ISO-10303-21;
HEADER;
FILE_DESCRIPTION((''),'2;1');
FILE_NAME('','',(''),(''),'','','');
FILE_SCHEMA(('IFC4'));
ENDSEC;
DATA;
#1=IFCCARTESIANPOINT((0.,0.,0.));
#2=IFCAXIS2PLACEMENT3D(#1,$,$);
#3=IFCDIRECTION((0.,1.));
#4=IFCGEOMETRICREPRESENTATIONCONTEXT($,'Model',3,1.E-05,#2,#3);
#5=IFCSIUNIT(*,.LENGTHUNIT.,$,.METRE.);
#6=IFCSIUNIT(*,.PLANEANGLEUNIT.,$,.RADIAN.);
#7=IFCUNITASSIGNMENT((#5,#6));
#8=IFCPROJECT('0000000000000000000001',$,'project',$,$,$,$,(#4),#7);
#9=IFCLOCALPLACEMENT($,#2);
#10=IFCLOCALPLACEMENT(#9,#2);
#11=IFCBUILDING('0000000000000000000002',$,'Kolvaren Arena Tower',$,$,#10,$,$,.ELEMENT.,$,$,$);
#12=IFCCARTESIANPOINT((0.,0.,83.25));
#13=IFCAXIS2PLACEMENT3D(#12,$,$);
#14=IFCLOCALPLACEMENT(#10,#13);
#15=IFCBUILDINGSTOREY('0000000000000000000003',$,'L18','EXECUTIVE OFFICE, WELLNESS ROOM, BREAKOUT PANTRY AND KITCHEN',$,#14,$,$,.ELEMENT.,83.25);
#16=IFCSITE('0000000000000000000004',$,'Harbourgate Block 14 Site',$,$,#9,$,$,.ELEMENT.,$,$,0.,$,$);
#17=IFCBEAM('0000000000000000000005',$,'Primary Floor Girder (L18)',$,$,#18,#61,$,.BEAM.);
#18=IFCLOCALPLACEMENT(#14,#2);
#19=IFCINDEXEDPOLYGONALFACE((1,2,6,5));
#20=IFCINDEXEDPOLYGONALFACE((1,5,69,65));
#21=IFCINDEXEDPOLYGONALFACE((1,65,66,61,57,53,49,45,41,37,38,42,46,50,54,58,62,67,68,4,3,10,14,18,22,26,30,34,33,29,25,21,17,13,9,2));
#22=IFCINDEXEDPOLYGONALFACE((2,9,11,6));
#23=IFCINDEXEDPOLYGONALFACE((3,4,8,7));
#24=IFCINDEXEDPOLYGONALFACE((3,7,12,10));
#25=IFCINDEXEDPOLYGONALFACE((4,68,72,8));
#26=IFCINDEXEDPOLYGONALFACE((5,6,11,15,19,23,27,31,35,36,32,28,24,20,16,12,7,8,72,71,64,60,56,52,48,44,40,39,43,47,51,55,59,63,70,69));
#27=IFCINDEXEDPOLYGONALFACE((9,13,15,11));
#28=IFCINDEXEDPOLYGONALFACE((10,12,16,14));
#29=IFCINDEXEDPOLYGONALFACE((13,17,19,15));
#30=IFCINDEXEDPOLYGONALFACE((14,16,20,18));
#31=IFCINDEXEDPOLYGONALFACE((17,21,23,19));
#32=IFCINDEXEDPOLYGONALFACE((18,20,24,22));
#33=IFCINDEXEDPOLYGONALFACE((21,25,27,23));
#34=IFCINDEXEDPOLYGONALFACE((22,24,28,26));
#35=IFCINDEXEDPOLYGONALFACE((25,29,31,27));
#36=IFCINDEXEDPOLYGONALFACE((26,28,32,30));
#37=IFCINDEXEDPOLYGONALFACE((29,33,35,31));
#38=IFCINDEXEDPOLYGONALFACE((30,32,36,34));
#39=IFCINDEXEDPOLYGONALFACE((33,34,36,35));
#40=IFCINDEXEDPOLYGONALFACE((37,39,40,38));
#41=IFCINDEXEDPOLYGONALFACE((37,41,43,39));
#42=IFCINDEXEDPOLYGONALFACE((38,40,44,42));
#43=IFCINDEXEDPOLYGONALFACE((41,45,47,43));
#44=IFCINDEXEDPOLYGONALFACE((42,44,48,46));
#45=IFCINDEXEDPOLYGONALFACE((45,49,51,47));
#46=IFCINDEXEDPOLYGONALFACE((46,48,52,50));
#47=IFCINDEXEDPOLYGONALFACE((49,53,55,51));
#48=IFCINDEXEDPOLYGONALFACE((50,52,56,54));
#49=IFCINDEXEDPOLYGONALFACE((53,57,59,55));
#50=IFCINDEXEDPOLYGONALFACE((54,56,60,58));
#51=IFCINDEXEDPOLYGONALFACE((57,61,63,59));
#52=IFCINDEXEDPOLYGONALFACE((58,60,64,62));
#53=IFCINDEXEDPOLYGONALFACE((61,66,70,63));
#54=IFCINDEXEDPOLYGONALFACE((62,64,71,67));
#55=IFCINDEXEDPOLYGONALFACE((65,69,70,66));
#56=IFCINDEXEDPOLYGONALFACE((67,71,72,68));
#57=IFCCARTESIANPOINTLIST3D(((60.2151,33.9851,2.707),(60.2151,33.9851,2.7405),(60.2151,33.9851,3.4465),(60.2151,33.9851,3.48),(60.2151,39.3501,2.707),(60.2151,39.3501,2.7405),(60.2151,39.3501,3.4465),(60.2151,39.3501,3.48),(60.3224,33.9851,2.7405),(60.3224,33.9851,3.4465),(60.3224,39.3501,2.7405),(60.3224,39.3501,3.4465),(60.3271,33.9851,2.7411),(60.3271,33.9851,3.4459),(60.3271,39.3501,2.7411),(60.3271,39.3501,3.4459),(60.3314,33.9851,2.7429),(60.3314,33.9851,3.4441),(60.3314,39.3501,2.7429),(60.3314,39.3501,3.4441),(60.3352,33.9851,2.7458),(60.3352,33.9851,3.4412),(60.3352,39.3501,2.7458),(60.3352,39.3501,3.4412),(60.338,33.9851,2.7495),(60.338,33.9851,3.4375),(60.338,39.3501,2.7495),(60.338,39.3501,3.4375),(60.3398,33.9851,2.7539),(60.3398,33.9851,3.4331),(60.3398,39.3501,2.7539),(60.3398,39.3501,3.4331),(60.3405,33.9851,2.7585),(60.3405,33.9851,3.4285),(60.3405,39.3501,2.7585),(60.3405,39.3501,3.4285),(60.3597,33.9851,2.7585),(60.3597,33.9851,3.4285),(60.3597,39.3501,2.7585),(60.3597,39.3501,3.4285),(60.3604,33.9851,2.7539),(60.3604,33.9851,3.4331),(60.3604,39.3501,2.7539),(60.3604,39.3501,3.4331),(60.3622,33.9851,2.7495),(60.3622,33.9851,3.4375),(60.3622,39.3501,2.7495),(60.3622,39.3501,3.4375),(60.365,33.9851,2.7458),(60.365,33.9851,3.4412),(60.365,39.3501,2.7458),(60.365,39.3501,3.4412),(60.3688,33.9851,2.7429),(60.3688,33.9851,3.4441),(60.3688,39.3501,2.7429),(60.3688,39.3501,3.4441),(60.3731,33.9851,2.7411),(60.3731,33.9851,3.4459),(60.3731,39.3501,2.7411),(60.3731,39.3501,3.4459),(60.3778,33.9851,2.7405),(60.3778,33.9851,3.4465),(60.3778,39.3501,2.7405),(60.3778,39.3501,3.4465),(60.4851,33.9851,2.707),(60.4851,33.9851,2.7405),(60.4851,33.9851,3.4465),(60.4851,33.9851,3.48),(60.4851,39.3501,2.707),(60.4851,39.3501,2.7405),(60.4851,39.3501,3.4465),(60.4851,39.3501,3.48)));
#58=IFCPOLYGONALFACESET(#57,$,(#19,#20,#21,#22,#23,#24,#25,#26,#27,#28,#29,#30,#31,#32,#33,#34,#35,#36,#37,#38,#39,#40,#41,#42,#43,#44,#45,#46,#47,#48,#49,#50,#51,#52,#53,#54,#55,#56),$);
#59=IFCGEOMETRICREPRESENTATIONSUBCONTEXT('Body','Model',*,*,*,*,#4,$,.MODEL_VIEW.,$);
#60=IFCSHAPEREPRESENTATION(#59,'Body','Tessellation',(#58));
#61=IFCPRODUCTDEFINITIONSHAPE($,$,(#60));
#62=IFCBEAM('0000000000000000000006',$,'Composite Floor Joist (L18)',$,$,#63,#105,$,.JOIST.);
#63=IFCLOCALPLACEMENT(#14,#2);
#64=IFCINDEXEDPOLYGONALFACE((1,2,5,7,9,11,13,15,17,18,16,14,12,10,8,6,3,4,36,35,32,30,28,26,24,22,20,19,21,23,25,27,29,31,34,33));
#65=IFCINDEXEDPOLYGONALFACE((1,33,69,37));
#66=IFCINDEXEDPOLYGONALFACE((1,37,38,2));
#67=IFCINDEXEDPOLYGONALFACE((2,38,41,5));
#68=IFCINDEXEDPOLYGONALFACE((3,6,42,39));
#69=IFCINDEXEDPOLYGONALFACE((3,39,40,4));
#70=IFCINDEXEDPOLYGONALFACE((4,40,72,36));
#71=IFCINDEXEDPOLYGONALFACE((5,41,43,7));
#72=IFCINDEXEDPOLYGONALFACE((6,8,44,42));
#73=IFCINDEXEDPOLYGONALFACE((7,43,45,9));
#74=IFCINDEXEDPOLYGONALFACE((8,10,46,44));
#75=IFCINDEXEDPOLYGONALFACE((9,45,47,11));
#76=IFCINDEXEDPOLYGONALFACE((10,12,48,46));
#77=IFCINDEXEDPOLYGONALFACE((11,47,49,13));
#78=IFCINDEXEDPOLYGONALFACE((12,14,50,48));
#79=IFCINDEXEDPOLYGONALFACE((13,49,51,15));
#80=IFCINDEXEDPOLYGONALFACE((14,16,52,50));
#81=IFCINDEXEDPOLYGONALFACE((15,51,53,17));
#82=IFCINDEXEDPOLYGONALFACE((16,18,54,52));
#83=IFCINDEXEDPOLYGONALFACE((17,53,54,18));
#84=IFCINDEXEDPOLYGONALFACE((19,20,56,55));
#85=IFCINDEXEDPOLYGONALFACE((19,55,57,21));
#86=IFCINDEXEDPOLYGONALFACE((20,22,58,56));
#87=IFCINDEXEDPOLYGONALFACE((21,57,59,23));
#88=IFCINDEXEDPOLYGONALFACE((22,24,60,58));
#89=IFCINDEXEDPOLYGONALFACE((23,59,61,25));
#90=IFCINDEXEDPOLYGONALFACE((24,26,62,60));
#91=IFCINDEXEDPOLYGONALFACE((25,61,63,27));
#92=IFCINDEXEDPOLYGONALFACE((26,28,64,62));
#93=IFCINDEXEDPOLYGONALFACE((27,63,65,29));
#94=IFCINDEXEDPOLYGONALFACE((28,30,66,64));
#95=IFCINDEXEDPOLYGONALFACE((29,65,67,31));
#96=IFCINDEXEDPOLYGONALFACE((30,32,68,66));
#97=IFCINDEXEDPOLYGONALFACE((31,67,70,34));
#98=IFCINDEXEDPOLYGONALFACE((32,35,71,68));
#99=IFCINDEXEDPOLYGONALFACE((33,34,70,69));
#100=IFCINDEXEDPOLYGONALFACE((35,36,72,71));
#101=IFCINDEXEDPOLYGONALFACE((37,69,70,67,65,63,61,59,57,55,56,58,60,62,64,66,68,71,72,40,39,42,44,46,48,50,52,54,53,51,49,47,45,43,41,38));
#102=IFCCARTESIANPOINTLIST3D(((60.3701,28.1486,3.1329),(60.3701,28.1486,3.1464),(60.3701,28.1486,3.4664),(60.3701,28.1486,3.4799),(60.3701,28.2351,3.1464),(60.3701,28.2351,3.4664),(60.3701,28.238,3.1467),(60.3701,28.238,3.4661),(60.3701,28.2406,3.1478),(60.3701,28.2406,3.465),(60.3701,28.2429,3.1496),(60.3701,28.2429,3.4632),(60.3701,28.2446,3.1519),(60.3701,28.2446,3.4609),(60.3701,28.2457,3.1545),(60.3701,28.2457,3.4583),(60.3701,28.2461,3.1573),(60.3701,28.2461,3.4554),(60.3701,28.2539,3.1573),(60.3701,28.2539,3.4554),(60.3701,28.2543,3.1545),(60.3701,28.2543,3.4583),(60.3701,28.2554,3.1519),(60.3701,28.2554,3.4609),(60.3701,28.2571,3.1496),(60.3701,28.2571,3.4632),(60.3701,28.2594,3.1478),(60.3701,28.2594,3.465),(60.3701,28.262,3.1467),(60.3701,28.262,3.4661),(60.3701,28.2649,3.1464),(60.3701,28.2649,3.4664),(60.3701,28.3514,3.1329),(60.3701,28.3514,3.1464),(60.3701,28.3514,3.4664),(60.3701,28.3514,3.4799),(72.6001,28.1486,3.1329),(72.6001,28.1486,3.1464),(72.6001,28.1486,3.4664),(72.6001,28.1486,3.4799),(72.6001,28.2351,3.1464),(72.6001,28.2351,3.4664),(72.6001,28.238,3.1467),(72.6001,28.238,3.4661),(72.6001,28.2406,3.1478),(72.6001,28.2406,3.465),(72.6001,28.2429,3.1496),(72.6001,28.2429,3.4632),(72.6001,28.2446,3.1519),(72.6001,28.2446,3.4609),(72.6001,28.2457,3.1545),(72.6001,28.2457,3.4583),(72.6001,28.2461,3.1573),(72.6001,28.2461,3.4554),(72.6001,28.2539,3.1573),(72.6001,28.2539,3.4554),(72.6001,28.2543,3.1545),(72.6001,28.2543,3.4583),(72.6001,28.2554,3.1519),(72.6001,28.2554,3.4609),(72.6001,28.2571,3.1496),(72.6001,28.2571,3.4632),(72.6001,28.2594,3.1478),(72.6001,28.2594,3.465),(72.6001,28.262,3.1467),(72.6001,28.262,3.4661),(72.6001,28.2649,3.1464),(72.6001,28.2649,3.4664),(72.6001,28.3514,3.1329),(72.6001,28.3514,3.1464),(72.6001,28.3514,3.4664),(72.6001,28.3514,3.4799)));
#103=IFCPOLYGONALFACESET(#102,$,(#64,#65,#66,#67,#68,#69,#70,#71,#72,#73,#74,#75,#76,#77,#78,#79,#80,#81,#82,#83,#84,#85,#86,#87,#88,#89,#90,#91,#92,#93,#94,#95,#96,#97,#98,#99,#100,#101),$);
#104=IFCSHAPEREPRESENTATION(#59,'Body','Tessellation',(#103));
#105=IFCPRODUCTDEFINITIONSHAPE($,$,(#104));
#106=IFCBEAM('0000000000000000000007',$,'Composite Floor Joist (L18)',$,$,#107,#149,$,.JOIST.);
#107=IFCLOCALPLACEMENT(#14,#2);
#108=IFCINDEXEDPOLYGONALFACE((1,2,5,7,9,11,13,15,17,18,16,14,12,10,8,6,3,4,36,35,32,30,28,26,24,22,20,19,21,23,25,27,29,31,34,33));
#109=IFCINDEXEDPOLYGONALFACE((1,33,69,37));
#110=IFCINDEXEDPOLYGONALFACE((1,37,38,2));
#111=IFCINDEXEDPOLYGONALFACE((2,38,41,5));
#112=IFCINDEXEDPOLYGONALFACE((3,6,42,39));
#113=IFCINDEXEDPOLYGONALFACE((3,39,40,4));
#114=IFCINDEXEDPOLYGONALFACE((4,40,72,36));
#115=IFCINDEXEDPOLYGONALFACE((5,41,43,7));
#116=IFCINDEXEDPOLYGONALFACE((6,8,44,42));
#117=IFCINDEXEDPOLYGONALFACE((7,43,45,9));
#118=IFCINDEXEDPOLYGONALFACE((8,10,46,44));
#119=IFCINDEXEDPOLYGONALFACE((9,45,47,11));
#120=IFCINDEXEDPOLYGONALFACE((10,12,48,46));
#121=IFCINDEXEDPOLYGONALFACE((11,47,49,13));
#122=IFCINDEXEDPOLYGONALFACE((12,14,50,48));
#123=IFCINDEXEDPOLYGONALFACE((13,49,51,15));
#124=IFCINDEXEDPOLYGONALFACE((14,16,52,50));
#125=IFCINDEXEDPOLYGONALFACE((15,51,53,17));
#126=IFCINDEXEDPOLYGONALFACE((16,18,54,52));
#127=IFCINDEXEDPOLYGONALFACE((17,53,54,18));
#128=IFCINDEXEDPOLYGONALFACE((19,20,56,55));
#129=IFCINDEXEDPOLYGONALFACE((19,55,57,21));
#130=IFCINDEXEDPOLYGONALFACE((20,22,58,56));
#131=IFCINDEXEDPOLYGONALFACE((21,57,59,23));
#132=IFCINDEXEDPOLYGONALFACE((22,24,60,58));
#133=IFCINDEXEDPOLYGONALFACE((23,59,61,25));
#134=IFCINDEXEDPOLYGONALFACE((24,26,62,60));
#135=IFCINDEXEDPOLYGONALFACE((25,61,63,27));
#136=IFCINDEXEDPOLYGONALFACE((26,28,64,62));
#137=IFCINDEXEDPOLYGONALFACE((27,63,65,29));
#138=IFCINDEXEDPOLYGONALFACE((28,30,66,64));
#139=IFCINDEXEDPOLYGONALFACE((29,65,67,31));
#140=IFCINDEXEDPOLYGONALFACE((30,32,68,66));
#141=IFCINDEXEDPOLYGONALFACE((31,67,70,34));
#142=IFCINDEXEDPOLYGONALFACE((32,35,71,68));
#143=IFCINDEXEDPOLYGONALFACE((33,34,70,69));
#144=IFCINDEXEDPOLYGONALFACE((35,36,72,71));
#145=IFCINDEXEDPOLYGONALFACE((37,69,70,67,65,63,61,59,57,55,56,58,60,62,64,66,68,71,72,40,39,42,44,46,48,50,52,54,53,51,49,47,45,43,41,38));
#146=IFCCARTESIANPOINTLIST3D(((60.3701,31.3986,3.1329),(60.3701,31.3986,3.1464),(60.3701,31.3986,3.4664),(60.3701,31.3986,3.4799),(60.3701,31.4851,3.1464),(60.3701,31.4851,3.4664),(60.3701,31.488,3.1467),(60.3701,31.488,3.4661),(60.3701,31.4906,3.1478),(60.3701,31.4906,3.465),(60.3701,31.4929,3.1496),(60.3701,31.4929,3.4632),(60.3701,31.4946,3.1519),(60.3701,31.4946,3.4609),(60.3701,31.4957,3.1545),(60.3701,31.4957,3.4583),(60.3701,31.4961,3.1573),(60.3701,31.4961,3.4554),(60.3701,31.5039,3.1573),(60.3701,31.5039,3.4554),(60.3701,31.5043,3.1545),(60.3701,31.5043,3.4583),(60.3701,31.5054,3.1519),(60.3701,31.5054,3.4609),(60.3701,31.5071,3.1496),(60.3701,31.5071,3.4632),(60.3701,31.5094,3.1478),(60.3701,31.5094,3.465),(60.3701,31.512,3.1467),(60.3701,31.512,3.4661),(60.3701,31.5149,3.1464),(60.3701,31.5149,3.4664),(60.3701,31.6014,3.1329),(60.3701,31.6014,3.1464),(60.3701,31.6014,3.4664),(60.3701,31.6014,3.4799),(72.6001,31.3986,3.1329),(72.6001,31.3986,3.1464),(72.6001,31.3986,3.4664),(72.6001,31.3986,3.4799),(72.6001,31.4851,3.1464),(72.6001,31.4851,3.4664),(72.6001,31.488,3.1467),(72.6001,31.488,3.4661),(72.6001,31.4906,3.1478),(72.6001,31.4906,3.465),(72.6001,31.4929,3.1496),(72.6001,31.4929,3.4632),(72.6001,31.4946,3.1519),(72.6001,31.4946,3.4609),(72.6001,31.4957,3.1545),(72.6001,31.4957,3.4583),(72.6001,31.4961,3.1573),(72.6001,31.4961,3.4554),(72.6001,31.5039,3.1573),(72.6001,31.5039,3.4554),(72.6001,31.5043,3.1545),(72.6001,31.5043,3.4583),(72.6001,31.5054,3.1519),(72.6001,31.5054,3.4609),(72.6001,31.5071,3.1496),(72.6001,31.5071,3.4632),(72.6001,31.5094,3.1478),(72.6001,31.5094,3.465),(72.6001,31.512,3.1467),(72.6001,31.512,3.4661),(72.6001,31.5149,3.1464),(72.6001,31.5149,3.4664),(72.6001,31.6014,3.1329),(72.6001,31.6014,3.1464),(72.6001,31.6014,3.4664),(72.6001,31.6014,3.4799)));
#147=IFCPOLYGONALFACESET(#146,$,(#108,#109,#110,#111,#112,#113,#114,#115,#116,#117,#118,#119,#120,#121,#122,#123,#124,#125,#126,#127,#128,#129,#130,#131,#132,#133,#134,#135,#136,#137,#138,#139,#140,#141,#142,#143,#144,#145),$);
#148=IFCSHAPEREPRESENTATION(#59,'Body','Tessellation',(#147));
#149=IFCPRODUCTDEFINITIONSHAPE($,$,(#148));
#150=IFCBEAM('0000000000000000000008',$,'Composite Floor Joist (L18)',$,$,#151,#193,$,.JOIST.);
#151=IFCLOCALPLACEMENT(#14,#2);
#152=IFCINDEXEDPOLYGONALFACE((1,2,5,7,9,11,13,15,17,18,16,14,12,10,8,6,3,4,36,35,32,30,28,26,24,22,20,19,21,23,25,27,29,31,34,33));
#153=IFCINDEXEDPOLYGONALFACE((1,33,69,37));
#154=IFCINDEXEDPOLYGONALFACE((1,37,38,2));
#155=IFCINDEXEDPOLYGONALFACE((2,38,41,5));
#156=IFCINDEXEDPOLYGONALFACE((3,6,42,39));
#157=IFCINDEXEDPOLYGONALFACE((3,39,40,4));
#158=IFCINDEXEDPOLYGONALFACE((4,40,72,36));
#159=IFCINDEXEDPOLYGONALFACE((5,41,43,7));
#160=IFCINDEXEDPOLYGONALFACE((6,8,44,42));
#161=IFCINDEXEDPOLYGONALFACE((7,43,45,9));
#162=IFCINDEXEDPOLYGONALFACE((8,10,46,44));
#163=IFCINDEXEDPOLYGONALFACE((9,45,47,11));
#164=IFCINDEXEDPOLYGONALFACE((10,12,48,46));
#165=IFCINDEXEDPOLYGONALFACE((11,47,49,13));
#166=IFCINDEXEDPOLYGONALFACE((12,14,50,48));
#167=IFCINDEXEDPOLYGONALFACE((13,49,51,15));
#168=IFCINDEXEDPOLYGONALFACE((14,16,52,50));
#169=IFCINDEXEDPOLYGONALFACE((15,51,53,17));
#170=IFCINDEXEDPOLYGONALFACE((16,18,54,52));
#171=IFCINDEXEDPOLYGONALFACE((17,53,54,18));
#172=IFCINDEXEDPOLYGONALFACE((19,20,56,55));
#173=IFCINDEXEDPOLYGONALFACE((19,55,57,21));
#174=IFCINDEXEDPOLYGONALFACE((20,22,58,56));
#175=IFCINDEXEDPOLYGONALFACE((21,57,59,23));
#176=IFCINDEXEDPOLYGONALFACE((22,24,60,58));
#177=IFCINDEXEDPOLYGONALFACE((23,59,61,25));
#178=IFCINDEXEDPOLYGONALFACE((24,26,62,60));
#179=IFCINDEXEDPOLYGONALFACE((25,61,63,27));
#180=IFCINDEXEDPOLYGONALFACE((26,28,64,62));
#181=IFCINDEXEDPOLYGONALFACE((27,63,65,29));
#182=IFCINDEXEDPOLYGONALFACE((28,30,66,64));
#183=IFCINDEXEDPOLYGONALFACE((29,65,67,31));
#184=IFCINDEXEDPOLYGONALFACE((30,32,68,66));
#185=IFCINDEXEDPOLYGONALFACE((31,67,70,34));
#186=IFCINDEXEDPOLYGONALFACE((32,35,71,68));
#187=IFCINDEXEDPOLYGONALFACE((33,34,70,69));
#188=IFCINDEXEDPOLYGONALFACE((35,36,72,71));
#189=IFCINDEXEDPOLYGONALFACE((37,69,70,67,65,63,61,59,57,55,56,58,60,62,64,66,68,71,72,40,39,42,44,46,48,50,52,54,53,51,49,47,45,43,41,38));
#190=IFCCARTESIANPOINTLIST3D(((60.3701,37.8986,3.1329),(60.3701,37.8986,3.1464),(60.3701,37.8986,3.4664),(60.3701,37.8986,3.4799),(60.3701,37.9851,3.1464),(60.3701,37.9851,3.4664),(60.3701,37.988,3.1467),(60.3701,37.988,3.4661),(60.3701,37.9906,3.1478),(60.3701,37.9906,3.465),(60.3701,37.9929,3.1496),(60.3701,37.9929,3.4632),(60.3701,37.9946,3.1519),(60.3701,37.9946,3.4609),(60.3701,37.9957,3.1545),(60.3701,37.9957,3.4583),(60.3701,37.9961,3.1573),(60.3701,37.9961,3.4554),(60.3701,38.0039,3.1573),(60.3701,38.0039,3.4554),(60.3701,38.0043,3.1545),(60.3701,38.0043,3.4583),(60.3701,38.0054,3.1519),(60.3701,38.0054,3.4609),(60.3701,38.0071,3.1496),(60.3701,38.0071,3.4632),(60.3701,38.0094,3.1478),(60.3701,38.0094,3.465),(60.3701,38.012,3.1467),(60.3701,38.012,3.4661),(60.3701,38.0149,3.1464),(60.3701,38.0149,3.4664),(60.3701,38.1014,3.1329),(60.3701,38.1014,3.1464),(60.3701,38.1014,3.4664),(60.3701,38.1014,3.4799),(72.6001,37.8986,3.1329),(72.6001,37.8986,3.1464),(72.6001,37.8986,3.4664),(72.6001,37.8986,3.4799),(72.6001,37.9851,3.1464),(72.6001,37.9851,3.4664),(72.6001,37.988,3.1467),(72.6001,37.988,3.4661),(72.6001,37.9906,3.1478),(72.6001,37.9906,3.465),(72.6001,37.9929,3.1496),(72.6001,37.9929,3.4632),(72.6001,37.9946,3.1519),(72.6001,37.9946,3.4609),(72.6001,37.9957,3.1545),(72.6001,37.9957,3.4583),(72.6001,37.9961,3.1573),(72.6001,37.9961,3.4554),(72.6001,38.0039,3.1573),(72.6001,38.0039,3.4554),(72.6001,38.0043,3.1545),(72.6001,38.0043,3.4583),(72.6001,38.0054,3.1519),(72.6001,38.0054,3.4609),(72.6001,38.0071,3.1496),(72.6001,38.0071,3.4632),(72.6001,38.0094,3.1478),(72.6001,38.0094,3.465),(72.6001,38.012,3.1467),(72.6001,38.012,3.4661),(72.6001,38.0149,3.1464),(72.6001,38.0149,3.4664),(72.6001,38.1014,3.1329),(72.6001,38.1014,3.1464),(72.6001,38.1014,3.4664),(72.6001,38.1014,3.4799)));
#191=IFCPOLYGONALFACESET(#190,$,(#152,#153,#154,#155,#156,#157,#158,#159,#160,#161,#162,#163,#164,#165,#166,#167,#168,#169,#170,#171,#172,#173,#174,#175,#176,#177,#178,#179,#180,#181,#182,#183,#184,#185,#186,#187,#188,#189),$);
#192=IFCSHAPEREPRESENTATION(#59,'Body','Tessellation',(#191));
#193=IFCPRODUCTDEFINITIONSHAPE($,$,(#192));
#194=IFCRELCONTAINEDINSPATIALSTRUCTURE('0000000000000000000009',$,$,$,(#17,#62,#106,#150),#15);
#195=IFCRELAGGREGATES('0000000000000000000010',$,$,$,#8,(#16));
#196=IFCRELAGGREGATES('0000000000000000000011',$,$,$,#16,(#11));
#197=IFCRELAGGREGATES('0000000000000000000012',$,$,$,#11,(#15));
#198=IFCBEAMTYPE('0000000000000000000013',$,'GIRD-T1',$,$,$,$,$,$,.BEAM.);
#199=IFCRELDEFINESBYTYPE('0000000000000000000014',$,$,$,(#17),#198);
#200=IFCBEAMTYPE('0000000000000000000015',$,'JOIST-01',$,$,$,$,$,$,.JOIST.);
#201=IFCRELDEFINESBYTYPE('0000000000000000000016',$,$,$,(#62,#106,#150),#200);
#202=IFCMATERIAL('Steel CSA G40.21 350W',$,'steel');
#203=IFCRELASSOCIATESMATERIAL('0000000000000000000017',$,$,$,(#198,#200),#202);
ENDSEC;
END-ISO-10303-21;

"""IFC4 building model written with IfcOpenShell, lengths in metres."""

from ifc_helpers import new_model, si_unit, direction, frame, origin, origin_2d, place, context, subcontext, project, spatial, i_section, extrude, material, material_profile, profile_set, type_object, element, save


model = new_model("IFC4")

# Units and contexts
model_context = context("Model", 3, precision=1e-05, world=origin(), true_north=direction((0.0, 1.0)))
body_context = subcontext(model_context, "Body", "Model", "MODEL_VIEW")
ifc_project = project(units=[si_unit("LENGTHUNIT", "METRE"), si_unit("PLANEANGLEUNIT", "RADIAN")], contexts=[model_context])

# Site, building, storey
site_placement = place(None, origin())
site = spatial("IfcSite", under=ifc_project, at=site_placement, Name="Harbourgate Block 14 Site", CompositionType="ELEMENT", RefElevation=0.0)
building_placement = place(site_placement, origin())
building = spatial("IfcBuilding", under=site, at=building_placement, Name="Kolvaren Arena Tower", CompositionType="ELEMENT")
storey_placement = place(building_placement, frame((0.0, 0.0, 83.25)))
storey = spatial("IfcBuildingStorey", under=building, at=storey_placement, Name="L18", Description="EXECUTIVE OFFICE, WELLNESS ROOM, BREAKOUT PANTRY AND KITCHEN", CompositionType="ELEMENT", Elevation=83.25)

# Beams
ifc_material_1 = material(Name="Steel CSA G40.21 350W", Category="steel")
ifc_material_profile_1 = material_profile(ifc_material_1, i_section(OverallWidth=0.27, OverallDepth=0.7729, WebThickness=0.0193, FlangeThickness=0.0334, FilletRadius=0.0181, at=origin_2d()), Name="W760x257")
ifc_profile_set_1 = profile_set([ifc_material_profile_1], Name="Steel CSA G40.21 350W")
beam_type_1 = type_object("IfcBeamType", Name="GIRD-T1", PredefinedType="BEAM", material=ifc_profile_set_1)
beam_1_placement = place(storey_placement, frame((60.3501, 33.9851, 3.0935), z_axis=(0.0, 1.0, 0.0), x_axis=(-1.0, 0.0, 0.0)))
element("IfcBeam", 1, at=beam_1_placement, inside=storey, type_object=beam_type_1, Name="Primary Floor Girder (L18)", PredefinedType="BEAM", context=body_context, shape_type="SweptSolid", body=[
    extrude(i_section(OverallWidth=0.27, OverallDepth=0.7729, WebThickness=0.0193, FlangeThickness=0.0334, FilletRadius=0.0181, at=origin_2d()), origin(), (0.0, 0.0, 1.0), 5.365),
])
ifc_material_profile_2 = material_profile(ifc_material_1, i_section(OverallWidth=0.2029, OverallDepth=0.3469, WebThickness=0.0078, FlangeThickness=0.0134, FilletRadius=0.011, at=origin_2d()), Name="W360x64")
ifc_profile_set_2 = profile_set([ifc_material_profile_2], Name="Steel CSA G40.21 350W")
beam_type_2 = type_object("IfcBeamType", Name="JOIST-01", PredefinedType="JOIST", material=ifc_profile_set_2)
for number, where, z_axis, x_axis, name in (
    (2, (60.3701, 28.25, 3.3064), (1.0, 0.0, 0.0), (0.0, 1.0, 0.0), "Composite Floor Joist (L18)"),
    (3, (60.3701, 31.5, 3.3064), (1.0, 0.0, 0.0), (0.0, 1.0, 0.0), "Composite Floor Joist (L18)"),
    (4, (60.3701, 38.0, 3.3064), (1.0, 0.0, 0.0), (0.0, 1.0, 0.0), "Composite Floor Joist (L18)"),
):
    element("IfcBeam", number, at=place(storey_placement, frame(where, z_axis=z_axis, x_axis=x_axis)), inside=storey, type_object=beam_type_2, Name=name, PredefinedType="JOIST", context=body_context, shape_type="SweptSolid", body=[
        extrude(i_section(OverallWidth=0.2029, OverallDepth=0.3469, WebThickness=0.0078, FlangeThickness=0.0134, FilletRadius=0.011, at=origin_2d()), origin(), (0.0, 0.0, 1.0), 12.23),
    ])

save(model, "model.ifc")
